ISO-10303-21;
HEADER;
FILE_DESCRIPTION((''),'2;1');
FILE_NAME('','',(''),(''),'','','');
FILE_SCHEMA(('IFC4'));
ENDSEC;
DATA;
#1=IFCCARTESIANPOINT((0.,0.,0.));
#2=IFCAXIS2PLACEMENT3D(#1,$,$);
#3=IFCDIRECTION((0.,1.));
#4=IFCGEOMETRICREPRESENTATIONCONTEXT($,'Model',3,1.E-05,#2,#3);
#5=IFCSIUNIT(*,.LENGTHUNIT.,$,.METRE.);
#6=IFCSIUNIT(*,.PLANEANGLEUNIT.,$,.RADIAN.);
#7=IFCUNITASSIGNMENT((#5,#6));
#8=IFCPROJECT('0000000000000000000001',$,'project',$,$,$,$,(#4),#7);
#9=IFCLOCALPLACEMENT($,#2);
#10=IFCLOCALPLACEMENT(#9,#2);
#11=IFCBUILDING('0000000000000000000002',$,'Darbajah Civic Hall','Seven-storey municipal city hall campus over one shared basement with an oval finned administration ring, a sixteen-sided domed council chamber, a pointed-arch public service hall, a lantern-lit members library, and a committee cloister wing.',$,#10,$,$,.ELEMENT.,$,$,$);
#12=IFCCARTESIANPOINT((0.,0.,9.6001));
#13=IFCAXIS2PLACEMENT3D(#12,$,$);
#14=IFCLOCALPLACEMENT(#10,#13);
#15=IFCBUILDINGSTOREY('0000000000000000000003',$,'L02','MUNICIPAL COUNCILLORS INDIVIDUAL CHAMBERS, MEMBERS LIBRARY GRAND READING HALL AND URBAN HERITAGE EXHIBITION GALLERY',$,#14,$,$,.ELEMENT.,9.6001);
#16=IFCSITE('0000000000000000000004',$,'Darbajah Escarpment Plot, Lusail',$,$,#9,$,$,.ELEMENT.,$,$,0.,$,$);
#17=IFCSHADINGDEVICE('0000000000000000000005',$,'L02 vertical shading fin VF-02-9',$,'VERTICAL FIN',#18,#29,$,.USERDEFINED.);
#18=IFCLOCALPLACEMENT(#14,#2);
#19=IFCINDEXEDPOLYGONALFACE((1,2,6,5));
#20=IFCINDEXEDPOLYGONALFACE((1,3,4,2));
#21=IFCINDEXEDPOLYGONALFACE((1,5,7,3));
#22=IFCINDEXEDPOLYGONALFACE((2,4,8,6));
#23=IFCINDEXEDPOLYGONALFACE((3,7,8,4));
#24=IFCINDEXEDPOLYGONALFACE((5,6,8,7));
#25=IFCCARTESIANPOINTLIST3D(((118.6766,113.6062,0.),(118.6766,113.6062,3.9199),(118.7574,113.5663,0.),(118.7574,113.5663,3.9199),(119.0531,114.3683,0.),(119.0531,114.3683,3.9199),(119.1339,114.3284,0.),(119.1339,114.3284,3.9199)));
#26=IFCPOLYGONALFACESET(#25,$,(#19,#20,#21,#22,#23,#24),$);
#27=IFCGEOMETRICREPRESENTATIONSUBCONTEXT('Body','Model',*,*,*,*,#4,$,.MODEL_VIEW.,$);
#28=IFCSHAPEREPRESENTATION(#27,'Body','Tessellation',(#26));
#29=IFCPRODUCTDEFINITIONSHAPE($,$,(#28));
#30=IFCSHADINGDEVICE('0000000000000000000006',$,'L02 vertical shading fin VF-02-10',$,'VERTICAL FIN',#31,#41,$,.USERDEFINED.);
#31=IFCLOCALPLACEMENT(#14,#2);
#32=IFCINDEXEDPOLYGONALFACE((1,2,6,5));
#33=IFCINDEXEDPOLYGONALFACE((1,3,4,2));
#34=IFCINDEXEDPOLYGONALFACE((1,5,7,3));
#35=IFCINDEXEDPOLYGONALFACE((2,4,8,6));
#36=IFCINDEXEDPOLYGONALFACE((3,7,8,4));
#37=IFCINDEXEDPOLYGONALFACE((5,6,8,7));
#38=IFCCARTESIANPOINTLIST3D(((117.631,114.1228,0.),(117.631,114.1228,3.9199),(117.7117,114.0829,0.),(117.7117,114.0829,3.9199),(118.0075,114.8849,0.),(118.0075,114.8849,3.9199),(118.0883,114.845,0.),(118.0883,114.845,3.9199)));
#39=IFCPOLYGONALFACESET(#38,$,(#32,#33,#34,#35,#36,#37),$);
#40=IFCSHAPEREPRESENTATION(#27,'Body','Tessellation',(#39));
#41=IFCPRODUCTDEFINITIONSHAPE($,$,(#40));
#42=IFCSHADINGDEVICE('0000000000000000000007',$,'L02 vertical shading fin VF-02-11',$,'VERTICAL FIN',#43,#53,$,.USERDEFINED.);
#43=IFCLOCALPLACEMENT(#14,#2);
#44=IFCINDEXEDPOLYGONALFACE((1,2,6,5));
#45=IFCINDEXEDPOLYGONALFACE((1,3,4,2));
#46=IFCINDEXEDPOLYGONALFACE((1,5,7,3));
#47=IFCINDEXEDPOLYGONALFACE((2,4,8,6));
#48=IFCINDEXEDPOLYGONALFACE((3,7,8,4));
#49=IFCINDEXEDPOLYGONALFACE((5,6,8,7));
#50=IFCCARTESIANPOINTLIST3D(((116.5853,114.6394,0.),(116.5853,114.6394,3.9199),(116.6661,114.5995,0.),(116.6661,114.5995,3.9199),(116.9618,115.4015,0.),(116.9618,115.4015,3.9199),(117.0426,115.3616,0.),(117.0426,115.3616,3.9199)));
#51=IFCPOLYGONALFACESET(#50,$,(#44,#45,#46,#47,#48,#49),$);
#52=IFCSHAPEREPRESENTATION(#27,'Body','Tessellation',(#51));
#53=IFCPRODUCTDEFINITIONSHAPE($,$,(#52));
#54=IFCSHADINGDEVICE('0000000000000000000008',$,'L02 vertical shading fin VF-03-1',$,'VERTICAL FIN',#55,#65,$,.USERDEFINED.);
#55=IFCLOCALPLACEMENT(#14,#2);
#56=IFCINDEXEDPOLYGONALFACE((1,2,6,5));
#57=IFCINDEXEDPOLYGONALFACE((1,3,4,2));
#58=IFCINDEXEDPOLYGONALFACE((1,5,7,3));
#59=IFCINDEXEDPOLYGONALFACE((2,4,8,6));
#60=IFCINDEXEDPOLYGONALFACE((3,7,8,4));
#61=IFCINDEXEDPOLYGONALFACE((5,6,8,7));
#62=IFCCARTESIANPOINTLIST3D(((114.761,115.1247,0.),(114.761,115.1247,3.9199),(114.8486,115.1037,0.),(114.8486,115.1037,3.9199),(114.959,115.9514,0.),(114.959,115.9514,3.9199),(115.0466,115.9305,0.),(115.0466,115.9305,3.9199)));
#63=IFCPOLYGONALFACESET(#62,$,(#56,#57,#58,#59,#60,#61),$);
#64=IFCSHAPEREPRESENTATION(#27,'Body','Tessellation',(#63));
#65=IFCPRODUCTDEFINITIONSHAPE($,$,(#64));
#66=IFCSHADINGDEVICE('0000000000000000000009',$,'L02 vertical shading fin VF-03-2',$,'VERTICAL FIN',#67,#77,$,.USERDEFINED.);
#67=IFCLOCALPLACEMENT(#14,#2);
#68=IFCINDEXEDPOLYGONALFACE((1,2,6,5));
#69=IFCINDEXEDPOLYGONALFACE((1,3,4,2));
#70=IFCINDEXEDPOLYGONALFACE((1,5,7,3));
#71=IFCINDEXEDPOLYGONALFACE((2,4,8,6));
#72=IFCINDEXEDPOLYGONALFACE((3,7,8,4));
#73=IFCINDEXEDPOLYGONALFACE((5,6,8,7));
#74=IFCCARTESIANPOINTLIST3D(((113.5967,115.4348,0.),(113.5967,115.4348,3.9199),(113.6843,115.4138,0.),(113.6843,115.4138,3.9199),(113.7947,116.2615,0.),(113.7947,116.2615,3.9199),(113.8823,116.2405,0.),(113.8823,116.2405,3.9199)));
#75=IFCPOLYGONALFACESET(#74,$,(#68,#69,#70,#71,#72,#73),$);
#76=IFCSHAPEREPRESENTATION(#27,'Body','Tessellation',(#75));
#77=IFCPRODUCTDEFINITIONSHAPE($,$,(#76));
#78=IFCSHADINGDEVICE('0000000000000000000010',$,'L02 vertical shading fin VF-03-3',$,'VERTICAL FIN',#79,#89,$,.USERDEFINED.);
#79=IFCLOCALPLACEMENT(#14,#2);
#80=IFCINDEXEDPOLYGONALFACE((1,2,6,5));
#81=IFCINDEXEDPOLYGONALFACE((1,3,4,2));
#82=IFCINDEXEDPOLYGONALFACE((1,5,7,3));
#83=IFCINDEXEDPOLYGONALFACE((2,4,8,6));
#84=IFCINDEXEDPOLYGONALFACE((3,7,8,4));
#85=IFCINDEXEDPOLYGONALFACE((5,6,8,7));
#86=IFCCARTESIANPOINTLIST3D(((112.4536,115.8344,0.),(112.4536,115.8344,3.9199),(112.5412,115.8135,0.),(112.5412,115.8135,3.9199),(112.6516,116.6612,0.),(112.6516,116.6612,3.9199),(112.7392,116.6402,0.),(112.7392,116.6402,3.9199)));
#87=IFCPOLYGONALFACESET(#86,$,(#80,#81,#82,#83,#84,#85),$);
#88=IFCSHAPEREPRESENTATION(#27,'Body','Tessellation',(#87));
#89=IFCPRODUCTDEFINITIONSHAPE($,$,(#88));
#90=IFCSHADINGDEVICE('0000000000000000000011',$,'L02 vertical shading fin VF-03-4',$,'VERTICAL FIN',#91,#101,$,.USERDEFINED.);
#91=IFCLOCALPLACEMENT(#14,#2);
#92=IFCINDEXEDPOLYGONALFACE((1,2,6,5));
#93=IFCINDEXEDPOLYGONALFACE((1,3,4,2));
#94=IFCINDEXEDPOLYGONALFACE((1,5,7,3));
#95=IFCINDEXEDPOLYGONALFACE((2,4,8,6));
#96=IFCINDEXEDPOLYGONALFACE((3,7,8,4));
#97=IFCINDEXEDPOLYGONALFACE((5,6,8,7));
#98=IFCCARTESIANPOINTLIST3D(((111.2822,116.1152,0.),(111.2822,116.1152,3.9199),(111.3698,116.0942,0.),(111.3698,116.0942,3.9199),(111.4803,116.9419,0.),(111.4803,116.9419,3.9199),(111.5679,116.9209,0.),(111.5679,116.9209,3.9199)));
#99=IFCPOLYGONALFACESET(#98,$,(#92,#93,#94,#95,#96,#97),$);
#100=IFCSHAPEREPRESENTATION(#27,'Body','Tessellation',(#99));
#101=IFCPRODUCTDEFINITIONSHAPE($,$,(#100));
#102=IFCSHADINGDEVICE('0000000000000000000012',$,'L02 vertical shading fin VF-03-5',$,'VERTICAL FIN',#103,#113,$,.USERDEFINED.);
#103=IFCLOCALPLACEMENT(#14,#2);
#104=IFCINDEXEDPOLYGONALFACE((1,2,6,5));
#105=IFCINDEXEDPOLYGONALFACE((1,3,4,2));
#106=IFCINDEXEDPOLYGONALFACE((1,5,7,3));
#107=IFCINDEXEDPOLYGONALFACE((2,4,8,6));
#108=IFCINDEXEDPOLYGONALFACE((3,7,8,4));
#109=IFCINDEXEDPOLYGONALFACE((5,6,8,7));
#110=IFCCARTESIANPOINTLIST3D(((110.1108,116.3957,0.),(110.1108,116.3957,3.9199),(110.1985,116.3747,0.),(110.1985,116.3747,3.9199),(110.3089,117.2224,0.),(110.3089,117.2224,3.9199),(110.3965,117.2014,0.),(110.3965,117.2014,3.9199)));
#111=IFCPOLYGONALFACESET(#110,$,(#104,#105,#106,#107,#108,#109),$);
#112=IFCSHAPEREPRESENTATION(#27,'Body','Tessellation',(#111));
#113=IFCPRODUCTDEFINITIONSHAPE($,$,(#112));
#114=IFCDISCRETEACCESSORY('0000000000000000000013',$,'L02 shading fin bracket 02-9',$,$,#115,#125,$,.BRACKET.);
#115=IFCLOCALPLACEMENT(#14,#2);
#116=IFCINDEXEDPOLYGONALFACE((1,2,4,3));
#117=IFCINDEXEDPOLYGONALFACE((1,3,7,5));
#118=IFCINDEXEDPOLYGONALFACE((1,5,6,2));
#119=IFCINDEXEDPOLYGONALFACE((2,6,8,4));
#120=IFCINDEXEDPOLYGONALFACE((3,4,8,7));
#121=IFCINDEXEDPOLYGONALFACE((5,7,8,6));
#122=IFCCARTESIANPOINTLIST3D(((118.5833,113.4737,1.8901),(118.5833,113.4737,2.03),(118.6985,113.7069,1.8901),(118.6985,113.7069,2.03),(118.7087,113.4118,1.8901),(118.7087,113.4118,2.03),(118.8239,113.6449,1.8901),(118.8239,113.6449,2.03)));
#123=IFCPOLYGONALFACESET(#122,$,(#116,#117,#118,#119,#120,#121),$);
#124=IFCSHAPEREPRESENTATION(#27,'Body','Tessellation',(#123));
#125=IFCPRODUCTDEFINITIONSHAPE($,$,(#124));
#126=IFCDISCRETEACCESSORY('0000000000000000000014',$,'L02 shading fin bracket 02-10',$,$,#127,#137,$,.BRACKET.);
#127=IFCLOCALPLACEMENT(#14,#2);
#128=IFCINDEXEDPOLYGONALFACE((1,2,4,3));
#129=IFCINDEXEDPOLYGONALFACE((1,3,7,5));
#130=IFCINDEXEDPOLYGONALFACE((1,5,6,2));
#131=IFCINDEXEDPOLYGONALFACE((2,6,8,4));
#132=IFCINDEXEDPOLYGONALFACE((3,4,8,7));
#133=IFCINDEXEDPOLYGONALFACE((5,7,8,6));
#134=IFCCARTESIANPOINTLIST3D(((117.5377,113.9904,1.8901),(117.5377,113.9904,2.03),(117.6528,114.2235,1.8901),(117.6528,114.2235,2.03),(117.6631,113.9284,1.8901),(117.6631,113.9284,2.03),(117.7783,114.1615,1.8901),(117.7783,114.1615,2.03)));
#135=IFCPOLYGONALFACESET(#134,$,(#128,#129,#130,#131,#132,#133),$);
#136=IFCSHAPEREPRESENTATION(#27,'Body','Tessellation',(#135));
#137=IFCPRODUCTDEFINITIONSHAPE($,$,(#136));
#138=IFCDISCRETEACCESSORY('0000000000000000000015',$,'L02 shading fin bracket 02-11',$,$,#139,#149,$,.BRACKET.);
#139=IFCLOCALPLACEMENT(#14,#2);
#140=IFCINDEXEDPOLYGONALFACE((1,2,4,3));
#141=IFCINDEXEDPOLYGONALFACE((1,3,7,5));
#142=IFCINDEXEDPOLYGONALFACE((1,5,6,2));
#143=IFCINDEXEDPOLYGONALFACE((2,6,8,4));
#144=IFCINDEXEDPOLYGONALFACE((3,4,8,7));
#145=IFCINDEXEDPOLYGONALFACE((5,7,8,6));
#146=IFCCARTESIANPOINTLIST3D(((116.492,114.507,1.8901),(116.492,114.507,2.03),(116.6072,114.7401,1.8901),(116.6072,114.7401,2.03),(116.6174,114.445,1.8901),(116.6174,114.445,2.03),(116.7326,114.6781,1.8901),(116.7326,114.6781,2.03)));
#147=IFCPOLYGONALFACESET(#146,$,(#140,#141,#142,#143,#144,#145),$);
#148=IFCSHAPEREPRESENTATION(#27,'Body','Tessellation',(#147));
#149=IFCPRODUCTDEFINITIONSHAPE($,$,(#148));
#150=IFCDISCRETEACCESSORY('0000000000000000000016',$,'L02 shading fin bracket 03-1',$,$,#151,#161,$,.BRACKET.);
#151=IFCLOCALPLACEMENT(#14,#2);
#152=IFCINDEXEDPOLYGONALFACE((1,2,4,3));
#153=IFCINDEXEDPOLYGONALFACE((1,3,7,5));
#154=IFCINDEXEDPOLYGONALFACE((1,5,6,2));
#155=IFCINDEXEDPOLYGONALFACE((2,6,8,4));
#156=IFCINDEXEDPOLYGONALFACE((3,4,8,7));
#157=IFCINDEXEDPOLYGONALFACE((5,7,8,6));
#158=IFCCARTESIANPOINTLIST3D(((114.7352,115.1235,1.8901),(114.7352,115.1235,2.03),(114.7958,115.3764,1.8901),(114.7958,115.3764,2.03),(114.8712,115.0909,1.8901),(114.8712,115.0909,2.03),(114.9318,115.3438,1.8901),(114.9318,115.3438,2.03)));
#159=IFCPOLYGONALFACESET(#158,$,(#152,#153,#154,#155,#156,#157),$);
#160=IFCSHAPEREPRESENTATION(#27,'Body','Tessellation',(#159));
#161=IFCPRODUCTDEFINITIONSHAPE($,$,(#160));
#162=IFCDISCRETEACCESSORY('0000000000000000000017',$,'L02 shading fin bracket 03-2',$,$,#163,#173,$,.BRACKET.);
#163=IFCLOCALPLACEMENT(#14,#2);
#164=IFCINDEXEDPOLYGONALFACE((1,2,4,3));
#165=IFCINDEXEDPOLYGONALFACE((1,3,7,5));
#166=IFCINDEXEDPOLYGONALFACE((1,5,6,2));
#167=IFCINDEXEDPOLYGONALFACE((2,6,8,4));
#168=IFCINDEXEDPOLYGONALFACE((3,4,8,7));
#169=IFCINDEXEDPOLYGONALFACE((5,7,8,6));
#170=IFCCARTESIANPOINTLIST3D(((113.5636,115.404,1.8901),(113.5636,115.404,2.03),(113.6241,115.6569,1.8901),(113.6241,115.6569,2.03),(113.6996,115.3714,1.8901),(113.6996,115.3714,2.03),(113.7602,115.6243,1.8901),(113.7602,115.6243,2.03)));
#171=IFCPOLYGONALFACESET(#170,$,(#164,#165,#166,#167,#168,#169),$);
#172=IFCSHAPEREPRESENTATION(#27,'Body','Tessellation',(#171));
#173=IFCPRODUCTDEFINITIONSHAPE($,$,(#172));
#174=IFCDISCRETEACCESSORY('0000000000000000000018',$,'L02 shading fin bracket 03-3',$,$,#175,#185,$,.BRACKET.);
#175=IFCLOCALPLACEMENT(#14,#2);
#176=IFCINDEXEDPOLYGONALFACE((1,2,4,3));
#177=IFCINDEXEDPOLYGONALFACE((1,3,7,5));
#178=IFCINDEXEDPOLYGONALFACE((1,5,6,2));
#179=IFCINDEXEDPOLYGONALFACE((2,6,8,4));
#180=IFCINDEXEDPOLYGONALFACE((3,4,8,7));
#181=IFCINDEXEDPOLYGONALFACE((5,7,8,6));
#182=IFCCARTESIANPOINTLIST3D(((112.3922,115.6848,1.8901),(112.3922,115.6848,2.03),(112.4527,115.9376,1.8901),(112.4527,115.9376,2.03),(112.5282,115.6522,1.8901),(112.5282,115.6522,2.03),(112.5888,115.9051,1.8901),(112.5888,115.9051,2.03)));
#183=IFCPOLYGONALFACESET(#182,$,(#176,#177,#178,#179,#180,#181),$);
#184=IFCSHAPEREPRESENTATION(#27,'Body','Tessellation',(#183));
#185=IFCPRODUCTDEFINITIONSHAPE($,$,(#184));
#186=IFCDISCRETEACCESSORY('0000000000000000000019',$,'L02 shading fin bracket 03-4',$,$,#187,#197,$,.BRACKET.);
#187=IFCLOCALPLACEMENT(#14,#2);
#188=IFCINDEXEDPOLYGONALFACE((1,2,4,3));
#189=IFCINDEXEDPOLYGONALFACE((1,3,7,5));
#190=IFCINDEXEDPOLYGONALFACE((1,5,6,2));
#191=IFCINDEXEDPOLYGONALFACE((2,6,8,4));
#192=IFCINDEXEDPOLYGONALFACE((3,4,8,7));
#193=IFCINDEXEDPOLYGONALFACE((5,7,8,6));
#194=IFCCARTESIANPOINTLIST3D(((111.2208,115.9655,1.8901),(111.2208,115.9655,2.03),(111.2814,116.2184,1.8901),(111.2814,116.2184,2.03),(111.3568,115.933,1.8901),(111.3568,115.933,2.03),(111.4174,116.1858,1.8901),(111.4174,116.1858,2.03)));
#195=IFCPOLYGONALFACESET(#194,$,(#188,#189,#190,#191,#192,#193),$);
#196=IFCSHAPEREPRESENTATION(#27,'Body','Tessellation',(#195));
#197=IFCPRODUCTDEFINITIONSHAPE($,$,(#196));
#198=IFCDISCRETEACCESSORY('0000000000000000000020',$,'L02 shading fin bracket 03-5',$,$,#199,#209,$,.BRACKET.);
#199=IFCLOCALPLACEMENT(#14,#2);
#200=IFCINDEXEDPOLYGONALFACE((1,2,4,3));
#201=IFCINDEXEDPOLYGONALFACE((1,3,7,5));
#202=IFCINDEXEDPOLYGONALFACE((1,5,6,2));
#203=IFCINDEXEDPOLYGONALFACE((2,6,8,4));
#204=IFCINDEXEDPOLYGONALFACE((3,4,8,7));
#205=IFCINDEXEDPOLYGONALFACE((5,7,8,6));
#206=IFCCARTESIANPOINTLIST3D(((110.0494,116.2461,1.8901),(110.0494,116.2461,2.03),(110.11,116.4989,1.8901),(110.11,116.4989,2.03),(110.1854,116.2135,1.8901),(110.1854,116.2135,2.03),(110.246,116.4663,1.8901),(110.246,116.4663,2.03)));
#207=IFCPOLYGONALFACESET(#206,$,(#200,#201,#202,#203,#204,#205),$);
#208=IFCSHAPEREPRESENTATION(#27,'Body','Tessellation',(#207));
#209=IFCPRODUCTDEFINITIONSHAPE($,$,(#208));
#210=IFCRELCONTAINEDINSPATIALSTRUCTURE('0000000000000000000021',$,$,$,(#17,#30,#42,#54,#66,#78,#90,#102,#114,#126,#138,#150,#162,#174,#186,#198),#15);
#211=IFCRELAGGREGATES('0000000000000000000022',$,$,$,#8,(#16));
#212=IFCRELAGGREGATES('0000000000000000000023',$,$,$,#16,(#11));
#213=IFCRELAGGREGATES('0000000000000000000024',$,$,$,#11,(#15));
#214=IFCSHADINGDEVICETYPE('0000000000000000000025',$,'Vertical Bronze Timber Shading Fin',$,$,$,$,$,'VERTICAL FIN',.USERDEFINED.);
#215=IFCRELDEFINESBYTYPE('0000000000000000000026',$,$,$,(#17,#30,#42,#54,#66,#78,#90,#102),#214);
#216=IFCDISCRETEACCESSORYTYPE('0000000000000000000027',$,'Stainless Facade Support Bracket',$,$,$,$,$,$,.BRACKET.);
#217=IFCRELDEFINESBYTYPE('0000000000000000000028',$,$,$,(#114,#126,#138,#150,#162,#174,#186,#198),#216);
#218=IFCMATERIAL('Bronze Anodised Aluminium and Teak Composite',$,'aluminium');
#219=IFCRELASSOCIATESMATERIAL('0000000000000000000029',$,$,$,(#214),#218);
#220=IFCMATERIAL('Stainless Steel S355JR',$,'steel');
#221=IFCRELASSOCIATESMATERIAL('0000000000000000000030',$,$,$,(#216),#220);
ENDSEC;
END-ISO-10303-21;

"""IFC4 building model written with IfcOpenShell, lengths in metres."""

from ifc_helpers import new_model, si_unit, direction, frame, origin, origin_2d, place, context, subcontext, project, spatial, rectangle, extrude, material, type_object, element, save


model = new_model("IFC4")

# Units and contexts
model_context = context("Model", 3, precision=1e-05, world=origin(), true_north=direction((0.0, 1.0)))
body_context = subcontext(model_context, "Body", "Model", "MODEL_VIEW")
ifc_project = project(units=[si_unit("LENGTHUNIT", "METRE"), si_unit("PLANEANGLEUNIT", "RADIAN")], contexts=[model_context])

# Site, building, storey
site_placement = place(None, origin())
site = spatial("IfcSite", under=ifc_project, at=site_placement, Name="Darbajah Escarpment Plot, Lusail", CompositionType="ELEMENT", RefElevation=0.0)
building_placement = place(site_placement, origin())
building = spatial("IfcBuilding", under=site, at=building_placement, Name="Darbajah Civic Hall", Description="Seven-storey municipal city hall campus over one shared basement with an oval finned administration ring, a sixteen-sided domed council chamber, a pointed-arch public service hall, a lantern-lit members library, and a committee cloister wing.", CompositionType="ELEMENT")
storey_placement = place(building_placement, frame((0.0, 0.0, 9.6001)))
storey = spatial("IfcBuildingStorey", under=building, at=storey_placement, Name="L02", Description="MUNICIPAL COUNCILLORS INDIVIDUAL CHAMBERS, MEMBERS LIBRARY GRAND READING HALL AND URBAN HERITAGE EXHIBITION GALLERY", CompositionType="ELEMENT", Elevation=9.6001)

# Shading devices
ifc_material_1 = material(Name="Bronze Anodised Aluminium and Teak Composite", Category="aluminium")
shading_device_type = type_object("IfcShadingDeviceType", Name="Vertical Bronze Timber Shading Fin", ElementType="VERTICAL FIN", PredefinedType="USERDEFINED", material=ifc_material_1)
for number, where, z_axis, x_axis, name in (
    (1, (118.9053, 113.9673, 0.0), (0.0, 0.0, 1.0), (0.442915, 0.896564, 0.0), "L02 vertical shading fin VF-02-9"),
    (2, (117.8596, 114.4839, 0.0), (0.0, 0.0, 1.0), (0.442915, 0.896564, 0.0), "L02 vertical shading fin VF-02-10"),
    (3, (116.814, 115.0005, 0.0), (0.0, 0.0, 1.0), (0.442915, 0.896564, 0.0), "L02 vertical shading fin VF-02-11"),
    (4, (114.9038, 115.5276, 0.0), (0.0, 0.0, 1.0), (0.232936, 0.972492, 0.0), "L02 vertical shading fin VF-03-1"),
    (5, (113.7395, 115.8376, 0.0), (0.0, 0.0, 1.0), (0.232936, 0.972492, 0.0), "L02 vertical shading fin VF-03-2"),
    (6, (112.5964, 116.2373, 0.0), (0.0, 0.0, 1.0), (0.232936, 0.972492, 0.0), "L02 vertical shading fin VF-03-3"),
    (7, (111.425, 116.5181, 0.0), (0.0, 0.0, 1.0), (0.232936, 0.972492, 0.0), "L02 vertical shading fin VF-03-4"),
    (8, (110.2537, 116.7986, 0.0), (0.0, 0.0, 1.0), (0.232936, 0.972492, 0.0), "L02 vertical shading fin VF-03-5"),
):
    element("IfcShadingDevice", number, at=place(storey_placement, frame(where, z_axis=z_axis, x_axis=x_axis)), inside=storey, type_object=shading_device_type, Name=name, ObjectType="VERTICAL FIN", PredefinedType="USERDEFINED", context=body_context, shape_type="SweptSolid", body=[
        extrude(rectangle(XDim=0.8501, YDim=0.0901, at=origin_2d()), origin(), (0.0, 0.0, 1.0), 3.9199),
    ])

# Discrete accessories
ifc_material_2 = material(Name="Stainless Steel S355JR", Category="steel")
discrete_accessory_type = type_object("IfcDiscreteAccessoryType", Name="Stainless Facade Support Bracket", PredefinedType="BRACKET", material=ifc_material_2)
for number, where, z_axis, x_axis, name in (
    (9, (118.7036, 113.5593, 1.8901), (0.0, 0.0, 1.0), (0.442915, 0.896564, 0.0), "L02 shading fin bracket 02-9"),
    (10, (117.658, 114.0759, 1.8901), (0.0, 0.0, 1.0), (0.442915, 0.896564, 0.0), "L02 shading fin bracket 02-10"),
    (11, (116.6123, 114.5925, 1.8901), (0.0, 0.0, 1.0), (0.442915, 0.896564, 0.0), "L02 shading fin bracket 02-11"),
    (12, (114.8335, 115.2336, 1.8901), (0.0, 0.0, 1.0), (0.232936, 0.972492, 0.0), "L02 shading fin bracket 03-1"),
    (13, (113.6619, 115.5142, 1.8901), (0.0, 0.0, 1.0), (0.232936, 0.972492, 0.0), "L02 shading fin bracket 03-2"),
    (14, (112.4905, 115.7949, 1.8901), (0.0, 0.0, 1.0), (0.232936, 0.972492, 0.0), "L02 shading fin bracket 03-3"),
    (15, (111.3191, 116.0757, 1.8901), (0.0, 0.0, 1.0), (0.232936, 0.972492, 0.0), "L02 shading fin bracket 03-4"),
    (16, (110.1477, 116.3562, 1.8901), (0.0, 0.0, 1.0), (0.232936, 0.972492, 0.0), "L02 shading fin bracket 03-5"),
):
    element("IfcDiscreteAccessory", number, at=place(storey_placement, frame(where, z_axis=z_axis, x_axis=x_axis)), inside=storey, type_object=discrete_accessory_type, Name=name, PredefinedType="BRACKET", context=body_context, shape_type="SweptSolid", body=[
        extrude(rectangle(XDim=0.26, YDim=0.1399, at=origin_2d()), origin(), (0.0, 0.0, 1.0), 0.1399),
    ])

save(model, "model.ifc")
